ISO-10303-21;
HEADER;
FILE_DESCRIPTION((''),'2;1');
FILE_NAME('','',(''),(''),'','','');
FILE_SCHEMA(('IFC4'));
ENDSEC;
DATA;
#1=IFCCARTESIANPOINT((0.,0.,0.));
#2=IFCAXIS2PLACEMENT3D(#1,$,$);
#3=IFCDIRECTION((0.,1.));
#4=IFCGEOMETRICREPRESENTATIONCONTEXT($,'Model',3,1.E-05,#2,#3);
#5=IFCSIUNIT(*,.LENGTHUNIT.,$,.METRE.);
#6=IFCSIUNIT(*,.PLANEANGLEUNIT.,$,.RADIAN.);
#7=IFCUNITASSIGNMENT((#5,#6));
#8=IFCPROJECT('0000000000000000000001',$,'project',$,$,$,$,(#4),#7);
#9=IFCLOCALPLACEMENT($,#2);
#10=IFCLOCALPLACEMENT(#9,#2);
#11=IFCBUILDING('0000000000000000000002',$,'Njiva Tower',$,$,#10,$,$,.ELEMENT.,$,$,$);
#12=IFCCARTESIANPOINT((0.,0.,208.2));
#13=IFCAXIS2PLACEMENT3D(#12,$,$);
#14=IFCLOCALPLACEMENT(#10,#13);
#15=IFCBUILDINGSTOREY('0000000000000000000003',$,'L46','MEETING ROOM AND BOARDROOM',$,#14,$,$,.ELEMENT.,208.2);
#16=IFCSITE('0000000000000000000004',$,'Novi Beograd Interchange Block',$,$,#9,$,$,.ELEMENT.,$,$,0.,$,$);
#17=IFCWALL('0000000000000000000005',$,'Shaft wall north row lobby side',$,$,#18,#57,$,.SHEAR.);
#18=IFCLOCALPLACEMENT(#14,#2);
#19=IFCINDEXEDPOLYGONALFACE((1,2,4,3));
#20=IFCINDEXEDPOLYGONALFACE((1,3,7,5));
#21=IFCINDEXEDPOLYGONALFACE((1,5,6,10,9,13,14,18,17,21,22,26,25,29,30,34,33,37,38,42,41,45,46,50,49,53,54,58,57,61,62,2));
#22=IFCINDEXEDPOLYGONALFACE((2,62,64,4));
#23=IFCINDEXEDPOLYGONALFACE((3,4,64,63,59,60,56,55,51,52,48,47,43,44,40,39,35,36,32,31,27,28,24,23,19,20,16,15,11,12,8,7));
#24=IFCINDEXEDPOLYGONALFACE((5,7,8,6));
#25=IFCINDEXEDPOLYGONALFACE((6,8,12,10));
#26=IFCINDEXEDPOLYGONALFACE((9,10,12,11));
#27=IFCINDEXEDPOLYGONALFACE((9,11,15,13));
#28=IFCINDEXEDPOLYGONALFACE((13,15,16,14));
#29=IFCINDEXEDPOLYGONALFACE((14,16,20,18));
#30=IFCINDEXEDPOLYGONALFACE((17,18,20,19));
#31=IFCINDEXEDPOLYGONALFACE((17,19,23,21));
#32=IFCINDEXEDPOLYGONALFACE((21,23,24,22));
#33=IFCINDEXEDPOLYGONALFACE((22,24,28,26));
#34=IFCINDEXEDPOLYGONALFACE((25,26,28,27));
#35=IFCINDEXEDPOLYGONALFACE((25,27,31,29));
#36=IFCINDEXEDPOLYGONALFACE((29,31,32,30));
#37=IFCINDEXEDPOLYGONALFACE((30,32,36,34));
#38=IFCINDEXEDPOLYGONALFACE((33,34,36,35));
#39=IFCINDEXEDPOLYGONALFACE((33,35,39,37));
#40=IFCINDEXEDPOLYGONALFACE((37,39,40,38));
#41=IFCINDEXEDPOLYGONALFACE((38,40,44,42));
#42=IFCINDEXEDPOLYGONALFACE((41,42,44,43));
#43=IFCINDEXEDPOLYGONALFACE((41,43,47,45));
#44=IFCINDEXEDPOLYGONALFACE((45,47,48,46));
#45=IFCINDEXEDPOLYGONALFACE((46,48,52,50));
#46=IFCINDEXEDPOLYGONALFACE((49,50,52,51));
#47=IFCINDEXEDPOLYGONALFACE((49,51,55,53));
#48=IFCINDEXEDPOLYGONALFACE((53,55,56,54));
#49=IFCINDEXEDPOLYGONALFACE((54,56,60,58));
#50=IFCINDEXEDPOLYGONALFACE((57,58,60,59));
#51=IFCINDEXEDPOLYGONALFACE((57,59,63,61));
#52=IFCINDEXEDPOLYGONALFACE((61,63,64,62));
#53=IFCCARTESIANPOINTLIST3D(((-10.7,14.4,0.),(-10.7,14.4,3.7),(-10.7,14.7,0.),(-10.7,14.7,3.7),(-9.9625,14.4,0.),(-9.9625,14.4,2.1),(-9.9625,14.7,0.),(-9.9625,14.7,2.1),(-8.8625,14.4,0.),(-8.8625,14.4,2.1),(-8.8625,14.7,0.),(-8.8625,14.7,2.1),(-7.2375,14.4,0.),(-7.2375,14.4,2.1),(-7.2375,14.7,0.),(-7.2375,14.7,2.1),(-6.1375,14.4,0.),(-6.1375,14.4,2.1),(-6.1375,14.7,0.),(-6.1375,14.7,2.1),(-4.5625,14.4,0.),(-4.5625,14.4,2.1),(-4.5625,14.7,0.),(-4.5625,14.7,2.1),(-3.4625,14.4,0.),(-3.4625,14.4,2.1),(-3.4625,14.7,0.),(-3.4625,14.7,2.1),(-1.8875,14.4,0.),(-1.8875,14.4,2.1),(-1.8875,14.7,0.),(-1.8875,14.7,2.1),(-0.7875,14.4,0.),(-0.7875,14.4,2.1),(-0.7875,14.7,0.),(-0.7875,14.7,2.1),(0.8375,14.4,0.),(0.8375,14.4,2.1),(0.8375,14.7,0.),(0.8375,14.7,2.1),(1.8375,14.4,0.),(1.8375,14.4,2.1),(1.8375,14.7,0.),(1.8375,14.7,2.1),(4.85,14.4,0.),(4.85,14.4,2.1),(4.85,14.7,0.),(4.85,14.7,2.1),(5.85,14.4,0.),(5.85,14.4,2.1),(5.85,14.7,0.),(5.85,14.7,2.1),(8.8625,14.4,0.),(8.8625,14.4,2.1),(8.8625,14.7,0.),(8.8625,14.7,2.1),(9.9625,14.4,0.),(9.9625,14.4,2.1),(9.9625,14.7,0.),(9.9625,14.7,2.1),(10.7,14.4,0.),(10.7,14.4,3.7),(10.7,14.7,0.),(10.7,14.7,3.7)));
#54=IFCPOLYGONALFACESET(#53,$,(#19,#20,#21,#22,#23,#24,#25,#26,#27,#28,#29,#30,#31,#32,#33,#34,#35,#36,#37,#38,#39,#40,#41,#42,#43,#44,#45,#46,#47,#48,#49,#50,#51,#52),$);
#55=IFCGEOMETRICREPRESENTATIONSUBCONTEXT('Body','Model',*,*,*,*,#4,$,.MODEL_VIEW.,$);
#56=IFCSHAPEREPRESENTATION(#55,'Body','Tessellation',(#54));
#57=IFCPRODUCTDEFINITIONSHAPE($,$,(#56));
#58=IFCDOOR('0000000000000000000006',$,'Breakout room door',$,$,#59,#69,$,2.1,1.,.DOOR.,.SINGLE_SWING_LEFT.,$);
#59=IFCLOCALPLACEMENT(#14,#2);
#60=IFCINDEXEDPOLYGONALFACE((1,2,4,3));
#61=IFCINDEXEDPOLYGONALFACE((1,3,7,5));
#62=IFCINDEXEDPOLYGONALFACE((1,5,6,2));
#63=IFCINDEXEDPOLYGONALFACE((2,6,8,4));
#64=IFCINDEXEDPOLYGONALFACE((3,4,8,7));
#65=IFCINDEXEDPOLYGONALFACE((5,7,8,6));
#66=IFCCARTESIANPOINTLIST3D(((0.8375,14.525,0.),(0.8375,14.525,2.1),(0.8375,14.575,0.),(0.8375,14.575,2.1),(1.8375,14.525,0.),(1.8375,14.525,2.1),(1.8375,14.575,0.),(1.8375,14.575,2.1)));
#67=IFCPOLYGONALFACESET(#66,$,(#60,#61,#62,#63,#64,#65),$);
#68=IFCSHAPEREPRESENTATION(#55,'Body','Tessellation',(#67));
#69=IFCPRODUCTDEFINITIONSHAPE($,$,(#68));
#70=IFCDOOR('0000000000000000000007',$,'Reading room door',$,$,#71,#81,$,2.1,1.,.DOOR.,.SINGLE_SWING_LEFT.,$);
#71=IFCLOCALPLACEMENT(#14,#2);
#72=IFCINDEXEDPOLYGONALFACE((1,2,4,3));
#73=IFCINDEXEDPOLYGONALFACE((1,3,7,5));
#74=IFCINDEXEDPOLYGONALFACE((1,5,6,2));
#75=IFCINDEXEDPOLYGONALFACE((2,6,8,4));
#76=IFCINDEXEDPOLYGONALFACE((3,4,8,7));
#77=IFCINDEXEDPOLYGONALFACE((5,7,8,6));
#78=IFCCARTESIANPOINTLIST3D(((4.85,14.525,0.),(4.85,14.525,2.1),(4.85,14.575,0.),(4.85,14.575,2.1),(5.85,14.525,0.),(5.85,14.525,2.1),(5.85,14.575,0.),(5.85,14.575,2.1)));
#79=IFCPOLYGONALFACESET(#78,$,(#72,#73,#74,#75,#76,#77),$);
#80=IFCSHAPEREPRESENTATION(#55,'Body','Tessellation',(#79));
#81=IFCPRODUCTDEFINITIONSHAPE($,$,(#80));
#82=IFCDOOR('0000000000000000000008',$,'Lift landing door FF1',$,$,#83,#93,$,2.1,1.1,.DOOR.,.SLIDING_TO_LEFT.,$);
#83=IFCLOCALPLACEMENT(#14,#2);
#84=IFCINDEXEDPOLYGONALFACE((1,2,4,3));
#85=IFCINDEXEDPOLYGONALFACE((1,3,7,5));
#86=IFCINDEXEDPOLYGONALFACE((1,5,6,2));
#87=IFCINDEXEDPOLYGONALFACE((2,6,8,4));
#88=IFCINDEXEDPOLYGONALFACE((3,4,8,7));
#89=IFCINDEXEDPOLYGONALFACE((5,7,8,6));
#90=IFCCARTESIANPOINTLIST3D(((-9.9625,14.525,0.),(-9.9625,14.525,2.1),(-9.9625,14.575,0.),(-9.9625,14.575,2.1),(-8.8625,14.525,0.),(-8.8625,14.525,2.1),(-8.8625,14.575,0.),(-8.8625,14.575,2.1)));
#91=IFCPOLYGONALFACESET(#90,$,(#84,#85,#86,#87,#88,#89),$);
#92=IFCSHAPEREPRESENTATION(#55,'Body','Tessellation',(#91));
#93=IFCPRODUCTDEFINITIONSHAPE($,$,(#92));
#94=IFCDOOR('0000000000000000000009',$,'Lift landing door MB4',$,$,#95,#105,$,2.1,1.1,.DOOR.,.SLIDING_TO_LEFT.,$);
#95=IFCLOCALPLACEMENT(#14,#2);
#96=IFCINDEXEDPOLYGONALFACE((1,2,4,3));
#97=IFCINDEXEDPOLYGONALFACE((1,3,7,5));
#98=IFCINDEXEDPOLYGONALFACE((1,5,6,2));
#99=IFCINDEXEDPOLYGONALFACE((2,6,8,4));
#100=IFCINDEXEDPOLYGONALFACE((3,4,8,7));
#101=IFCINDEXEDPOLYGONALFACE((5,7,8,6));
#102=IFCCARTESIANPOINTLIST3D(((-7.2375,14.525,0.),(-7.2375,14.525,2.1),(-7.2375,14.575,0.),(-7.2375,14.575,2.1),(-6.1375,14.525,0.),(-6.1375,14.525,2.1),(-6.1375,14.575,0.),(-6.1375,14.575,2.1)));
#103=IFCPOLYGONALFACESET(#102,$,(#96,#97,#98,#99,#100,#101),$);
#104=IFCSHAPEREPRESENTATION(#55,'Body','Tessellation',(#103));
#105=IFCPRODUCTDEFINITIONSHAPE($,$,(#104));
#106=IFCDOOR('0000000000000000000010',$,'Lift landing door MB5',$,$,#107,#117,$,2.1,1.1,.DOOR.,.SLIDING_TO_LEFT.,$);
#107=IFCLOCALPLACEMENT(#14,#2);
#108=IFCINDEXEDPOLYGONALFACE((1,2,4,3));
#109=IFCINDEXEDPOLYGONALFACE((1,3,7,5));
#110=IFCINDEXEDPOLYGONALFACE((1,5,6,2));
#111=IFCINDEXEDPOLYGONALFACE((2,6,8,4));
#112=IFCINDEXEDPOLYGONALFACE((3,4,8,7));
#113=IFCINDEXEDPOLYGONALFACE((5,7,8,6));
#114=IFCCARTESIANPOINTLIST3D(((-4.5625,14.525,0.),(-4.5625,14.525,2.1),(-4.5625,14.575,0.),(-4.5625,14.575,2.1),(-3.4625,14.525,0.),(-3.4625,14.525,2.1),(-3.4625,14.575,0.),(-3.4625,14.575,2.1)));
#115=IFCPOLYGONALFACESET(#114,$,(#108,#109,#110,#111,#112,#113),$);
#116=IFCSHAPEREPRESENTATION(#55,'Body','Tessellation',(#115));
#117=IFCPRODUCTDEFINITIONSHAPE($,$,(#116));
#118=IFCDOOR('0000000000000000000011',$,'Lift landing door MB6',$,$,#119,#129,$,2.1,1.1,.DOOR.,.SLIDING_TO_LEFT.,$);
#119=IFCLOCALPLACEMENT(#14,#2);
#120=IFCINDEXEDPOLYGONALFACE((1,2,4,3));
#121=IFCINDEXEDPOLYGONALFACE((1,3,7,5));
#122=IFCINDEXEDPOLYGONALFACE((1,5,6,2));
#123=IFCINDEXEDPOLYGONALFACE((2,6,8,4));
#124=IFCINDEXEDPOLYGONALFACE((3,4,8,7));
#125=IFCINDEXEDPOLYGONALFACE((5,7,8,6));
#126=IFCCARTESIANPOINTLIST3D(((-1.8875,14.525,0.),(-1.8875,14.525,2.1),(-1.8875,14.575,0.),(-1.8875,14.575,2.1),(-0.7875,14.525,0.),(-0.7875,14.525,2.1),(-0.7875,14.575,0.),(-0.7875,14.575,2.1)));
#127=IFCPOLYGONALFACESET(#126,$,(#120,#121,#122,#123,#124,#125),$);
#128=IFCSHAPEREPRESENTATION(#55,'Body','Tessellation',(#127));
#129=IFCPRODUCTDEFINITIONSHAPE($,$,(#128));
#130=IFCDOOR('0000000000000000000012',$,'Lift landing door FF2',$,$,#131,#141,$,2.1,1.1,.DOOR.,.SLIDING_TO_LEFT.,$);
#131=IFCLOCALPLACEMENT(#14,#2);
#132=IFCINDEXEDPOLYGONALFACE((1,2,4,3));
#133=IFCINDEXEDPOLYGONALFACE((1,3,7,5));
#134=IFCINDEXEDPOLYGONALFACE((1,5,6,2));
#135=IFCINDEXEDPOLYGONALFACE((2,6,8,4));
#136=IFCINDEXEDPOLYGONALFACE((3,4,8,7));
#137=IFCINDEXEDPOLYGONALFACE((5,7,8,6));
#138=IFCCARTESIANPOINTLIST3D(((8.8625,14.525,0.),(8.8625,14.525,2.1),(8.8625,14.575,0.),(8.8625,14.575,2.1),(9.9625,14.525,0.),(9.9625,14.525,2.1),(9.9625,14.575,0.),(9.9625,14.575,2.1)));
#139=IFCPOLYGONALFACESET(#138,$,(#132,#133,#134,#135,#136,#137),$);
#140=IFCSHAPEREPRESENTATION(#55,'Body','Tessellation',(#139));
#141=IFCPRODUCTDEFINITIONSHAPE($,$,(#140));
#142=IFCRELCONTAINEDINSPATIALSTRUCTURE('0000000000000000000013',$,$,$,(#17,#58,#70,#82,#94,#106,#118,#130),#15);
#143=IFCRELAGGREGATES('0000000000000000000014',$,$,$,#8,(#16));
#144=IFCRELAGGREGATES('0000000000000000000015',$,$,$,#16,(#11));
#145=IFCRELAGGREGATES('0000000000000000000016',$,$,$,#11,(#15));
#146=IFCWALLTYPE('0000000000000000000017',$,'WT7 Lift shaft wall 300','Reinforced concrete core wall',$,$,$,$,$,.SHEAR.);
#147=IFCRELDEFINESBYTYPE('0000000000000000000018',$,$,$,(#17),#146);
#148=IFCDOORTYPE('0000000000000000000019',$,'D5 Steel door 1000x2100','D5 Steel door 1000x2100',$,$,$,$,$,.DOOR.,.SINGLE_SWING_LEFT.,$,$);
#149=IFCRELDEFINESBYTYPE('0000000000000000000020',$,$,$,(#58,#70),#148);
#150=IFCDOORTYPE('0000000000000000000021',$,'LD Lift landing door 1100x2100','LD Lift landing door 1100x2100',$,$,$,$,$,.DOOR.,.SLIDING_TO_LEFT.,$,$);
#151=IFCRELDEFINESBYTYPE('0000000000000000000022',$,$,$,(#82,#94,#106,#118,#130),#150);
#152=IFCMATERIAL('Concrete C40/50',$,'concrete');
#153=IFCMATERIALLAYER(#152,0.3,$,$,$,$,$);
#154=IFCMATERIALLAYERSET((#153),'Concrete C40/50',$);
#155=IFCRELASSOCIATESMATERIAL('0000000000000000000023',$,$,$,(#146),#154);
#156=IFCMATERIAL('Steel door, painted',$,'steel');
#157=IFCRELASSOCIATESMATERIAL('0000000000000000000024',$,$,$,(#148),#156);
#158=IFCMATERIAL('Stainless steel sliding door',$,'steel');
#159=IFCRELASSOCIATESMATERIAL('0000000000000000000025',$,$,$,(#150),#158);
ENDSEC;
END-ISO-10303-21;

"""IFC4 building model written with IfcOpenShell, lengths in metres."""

from ifc_helpers import new_model, si_unit, direction, frame, frame_2d, origin, place, context, subcontext, project, spatial, rectangle, extrude, material, layer, layer_set, type_object, element, fill, save


model = new_model("IFC4")

# Units and contexts
model_context = context("Model", 3, precision=1e-05, world=origin(), true_north=direction((0.0, 1.0)))
body_context = subcontext(model_context, "Body", "Model", "MODEL_VIEW")
ifc_project = project(units=[si_unit("LENGTHUNIT", "METRE"), si_unit("PLANEANGLEUNIT", "RADIAN")], contexts=[model_context])

# Site, building, storey
site_placement = place(None, origin())
site = spatial("IfcSite", under=ifc_project, at=site_placement, Name="Novi Beograd Interchange Block", CompositionType="ELEMENT", RefElevation=0.0)
building_placement = place(site_placement, origin())
building = spatial("IfcBuilding", under=site, at=building_placement, Name="Njiva Tower", CompositionType="ELEMENT")
storey_placement = place(building_placement, frame((0.0, 0.0, 208.2)))
storey = spatial("IfcBuildingStorey", under=building, at=storey_placement, Name="L46", Description="MEETING ROOM AND BOARDROOM", CompositionType="ELEMENT", Elevation=208.2)

# Shared definitions
ifc_material_1 = material(Name="Concrete C40/50", Category="concrete")

# Wall, openings, doors
ifc_layer_1 = layer(ifc_material_1, 0.3)
ifc_layer_set_1 = layer_set([ifc_layer_1], Name="Concrete C40/50")
wall_type_1 = type_object("IfcWallType", Name="WT7 Lift shaft wall 300", Description="Reinforced concrete core wall", PredefinedType="SHEAR", material=ifc_layer_set_1)
wall_1_placement = place(storey_placement, frame((-10.7, 14.55, 0.0), z_axis=(0.0, 0.0, 1.0), x_axis=(1.0, 0.0, 0.0)))
wall_1 = element("IfcWall", 1, at=wall_1_placement, inside=storey, type_object=wall_type_1, Name="Shaft wall north row lobby side", PredefinedType="SHEAR", context=body_context, shape_type="SweptSolid", body=[
    extrude(rectangle(XDim=21.4, YDim=0.3, at=frame_2d((10.7, 0.0))), origin(), (0.0, 0.0, 1.0), 3.7),
])
opening_1_placement = place(wall_1_placement, frame((0.7375, 0.0, 0.0)))
opening_1 = element("IfcOpeningElement", 2, at=opening_1_placement, cuts=wall_1, PredefinedType="OPENING", context=body_context, shape_type="SweptSolid", body=[
    extrude(rectangle(XDim=1.1, YDim=2.1, at=frame_2d((0.55, 1.05))), frame((0.0, 0.16, 0.0), z_axis=(0.0, -1.0, 0.0), x_axis=(1.0, 0.0, 0.0)), (0.0, 0.0, 1.0), 0.32),
])
opening_2_placement = place(wall_1_placement, frame((3.4625, 0.0, 0.0)))
opening_2 = element("IfcOpeningElement", 3, at=opening_2_placement, cuts=wall_1, PredefinedType="OPENING", context=body_context, shape_type="SweptSolid", body=[
    extrude(rectangle(XDim=1.1, YDim=2.1, at=frame_2d((0.55, 1.05))), frame((0.0, 0.16, 0.0), z_axis=(0.0, -1.0, 0.0), x_axis=(1.0, 0.0, 0.0)), (0.0, 0.0, 1.0), 0.32),
])
opening_3_placement = place(wall_1_placement, frame((6.1375, 0.0, 0.0)))
opening_3 = element("IfcOpeningElement", 4, at=opening_3_placement, cuts=wall_1, PredefinedType="OPENING", context=body_context, shape_type="SweptSolid", body=[
    extrude(rectangle(XDim=1.1, YDim=2.1, at=frame_2d((0.55, 1.05))), frame((0.0, 0.16, 0.0), z_axis=(0.0, -1.0, 0.0), x_axis=(1.0, 0.0, 0.0)), (0.0, 0.0, 1.0), 0.32),
])
opening_4_placement = place(wall_1_placement, frame((8.8125, 0.0, 0.0)))
opening_4 = element("IfcOpeningElement", 5, at=opening_4_placement, cuts=wall_1, PredefinedType="OPENING", context=body_context, shape_type="SweptSolid", body=[
    extrude(rectangle(XDim=1.1, YDim=2.1, at=frame_2d((0.55, 1.05))), frame((0.0, 0.16, 0.0), z_axis=(0.0, -1.0, 0.0), x_axis=(1.0, 0.0, 0.0)), (0.0, 0.0, 1.0), 0.32),
])
opening_5_placement = place(wall_1_placement, frame((19.5625, 0.0, 0.0)))
opening_5 = element("IfcOpeningElement", 6, at=opening_5_placement, cuts=wall_1, PredefinedType="OPENING", context=body_context, shape_type="SweptSolid", body=[
    extrude(rectangle(XDim=1.1, YDim=2.1, at=frame_2d((0.55, 1.05))), frame((0.0, 0.16, 0.0), z_axis=(0.0, -1.0, 0.0), x_axis=(1.0, 0.0, 0.0)), (0.0, 0.0, 1.0), 0.32),
])
opening_6_placement = place(wall_1_placement, frame((11.5375, 0.0, 0.0)))
opening_6 = element("IfcOpeningElement", 7, at=opening_6_placement, cuts=wall_1, PredefinedType="OPENING", context=body_context, shape_type="SweptSolid", body=[
    extrude(rectangle(XDim=1.0, YDim=2.1, at=frame_2d((0.5, 1.05))), frame((0.0, 0.16, 0.0), z_axis=(0.0, -1.0, 0.0), x_axis=(1.0, 0.0, 0.0)), (0.0, 0.0, 1.0), 0.32),
])
opening_7_placement = place(wall_1_placement, frame((15.55, 0.0, 0.0)))
opening_7 = element("IfcOpeningElement", 8, at=opening_7_placement, cuts=wall_1, PredefinedType="OPENING", context=body_context, shape_type="SweptSolid", body=[
    extrude(rectangle(XDim=1.0, YDim=2.1, at=frame_2d((0.5, 1.05))), frame((0.0, 0.16, 0.0), z_axis=(0.0, -1.0, 0.0), x_axis=(1.0, 0.0, 0.0)), (0.0, 0.0, 1.0), 0.32),
])
ifc_material_2 = material(Name="Steel door, painted", Category="steel")
door_type_1 = type_object("IfcDoorType", Name="D5 Steel door 1000x2100", Description="D5 Steel door 1000x2100", OperationType="SINGLE_SWING_LEFT", PredefinedType="DOOR", material=ifc_material_2)
door_1_placement = place(opening_6_placement, origin())
door_1 = element("IfcDoor", 9, at=door_1_placement, inside=storey, type_object=door_type_1, Name="Breakout room door", OperationType="SINGLE_SWING_LEFT", OverallHeight=2.1, OverallWidth=1.0, PredefinedType="DOOR", context=body_context, shape_type="SweptSolid", body=[
    extrude(rectangle(XDim=1.0, YDim=2.1, at=frame_2d((0.5, 1.05))), frame((0.0, 0.025, 0.0), z_axis=(0.0, -1.0, 0.0), x_axis=(1.0, 0.0, 0.0)), (0.0, 0.0, 1.0), 0.05),
])
fill(opening_6, door_1)
door_2_placement = place(opening_7_placement, origin())
door_2 = element("IfcDoor", 10, at=door_2_placement, inside=storey, type_object=door_type_1, Name="Reading room door", OperationType="SINGLE_SWING_LEFT", OverallHeight=2.1, OverallWidth=1.0, PredefinedType="DOOR", context=body_context, shape_type="SweptSolid", body=[
    extrude(rectangle(XDim=1.0, YDim=2.1, at=frame_2d((0.5, 1.05))), frame((0.0, 0.025, 0.0), z_axis=(0.0, -1.0, 0.0), x_axis=(1.0, 0.0, 0.0)), (0.0, 0.0, 1.0), 0.05),
])
fill(opening_7, door_2)
ifc_material_3 = material(Name="Stainless steel sliding door", Category="steel")
door_type_2 = type_object("IfcDoorType", Name="LD Lift landing door 1100x2100", Description="LD Lift landing door 1100x2100", OperationType="SLIDING_TO_LEFT", PredefinedType="DOOR", material=ifc_material_3)
door_3_placement = place(opening_1_placement, origin())
door_3 = element("IfcDoor", 11, at=door_3_placement, inside=storey, type_object=door_type_2, Name="Lift landing door FF1", OperationType="SLIDING_TO_LEFT", OverallHeight=2.1, OverallWidth=1.1, PredefinedType="DOOR", context=body_context, shape_type="SweptSolid", body=[
    extrude(rectangle(XDim=1.1, YDim=2.1, at=frame_2d((0.55, 1.05))), frame((0.0, 0.025, 0.0), z_axis=(0.0, -1.0, 0.0), x_axis=(1.0, 0.0, 0.0)), (0.0, 0.0, 1.0), 0.05),
])
fill(opening_1, door_3)
door_4_placement = place(opening_2_placement, origin())
door_4 = element("IfcDoor", 12, at=door_4_placement, inside=storey, type_object=door_type_2, Name="Lift landing door MB4", OperationType="SLIDING_TO_LEFT", OverallHeight=2.1, OverallWidth=1.1, PredefinedType="DOOR", context=body_context, shape_type="SweptSolid", body=[
    extrude(rectangle(XDim=1.1, YDim=2.1, at=frame_2d((0.55, 1.05))), frame((0.0, 0.025, 0.0), z_axis=(0.0, -1.0, 0.0), x_axis=(1.0, 0.0, 0.0)), (0.0, 0.0, 1.0), 0.05),
])
fill(opening_2, door_4)
door_5_placement = place(opening_3_placement, origin())
door_5 = element("IfcDoor", 13, at=door_5_placement, inside=storey, type_object=door_type_2, Name="Lift landing door MB5", OperationType="SLIDING_TO_LEFT", OverallHeight=2.1, OverallWidth=1.1, PredefinedType="DOOR", context=body_context, shape_type="SweptSolid", body=[
    extrude(rectangle(XDim=1.1, YDim=2.1, at=frame_2d((0.55, 1.05))), frame((0.0, 0.025, 0.0), z_axis=(0.0, -1.0, 0.0), x_axis=(1.0, 0.0, 0.0)), (0.0, 0.0, 1.0), 0.05),
])
fill(opening_3, door_5)
door_6_placement = place(opening_4_placement, origin())
door_6 = element("IfcDoor", 14, at=door_6_placement, inside=storey, type_object=door_type_2, Name="Lift landing door MB6", OperationType="SLIDING_TO_LEFT", OverallHeight=2.1, OverallWidth=1.1, PredefinedType="DOOR", context=body_context, shape_type="SweptSolid", body=[
    extrude(rectangle(XDim=1.1, YDim=2.1, at=frame_2d((0.55, 1.05))), frame((0.0, 0.025, 0.0), z_axis=(0.0, -1.0, 0.0), x_axis=(1.0, 0.0, 0.0)), (0.0, 0.0, 1.0), 0.05),
])
fill(opening_4, door_6)
door_7_placement = place(opening_5_placement, origin())
door_7 = element("IfcDoor", 15, at=door_7_placement, inside=storey, type_object=door_type_2, Name="Lift landing door FF2", OperationType="SLIDING_TO_LEFT", OverallHeight=2.1, OverallWidth=1.1, PredefinedType="DOOR", context=body_context, shape_type="SweptSolid", body=[
    extrude(rectangle(XDim=1.1, YDim=2.1, at=frame_2d((0.55, 1.05))), frame((0.0, 0.025, 0.0), z_axis=(0.0, -1.0, 0.0), x_axis=(1.0, 0.0, 0.0)), (0.0, 0.0, 1.0), 0.05),
])
fill(opening_5, door_7)

save(model, "model.ifc")
